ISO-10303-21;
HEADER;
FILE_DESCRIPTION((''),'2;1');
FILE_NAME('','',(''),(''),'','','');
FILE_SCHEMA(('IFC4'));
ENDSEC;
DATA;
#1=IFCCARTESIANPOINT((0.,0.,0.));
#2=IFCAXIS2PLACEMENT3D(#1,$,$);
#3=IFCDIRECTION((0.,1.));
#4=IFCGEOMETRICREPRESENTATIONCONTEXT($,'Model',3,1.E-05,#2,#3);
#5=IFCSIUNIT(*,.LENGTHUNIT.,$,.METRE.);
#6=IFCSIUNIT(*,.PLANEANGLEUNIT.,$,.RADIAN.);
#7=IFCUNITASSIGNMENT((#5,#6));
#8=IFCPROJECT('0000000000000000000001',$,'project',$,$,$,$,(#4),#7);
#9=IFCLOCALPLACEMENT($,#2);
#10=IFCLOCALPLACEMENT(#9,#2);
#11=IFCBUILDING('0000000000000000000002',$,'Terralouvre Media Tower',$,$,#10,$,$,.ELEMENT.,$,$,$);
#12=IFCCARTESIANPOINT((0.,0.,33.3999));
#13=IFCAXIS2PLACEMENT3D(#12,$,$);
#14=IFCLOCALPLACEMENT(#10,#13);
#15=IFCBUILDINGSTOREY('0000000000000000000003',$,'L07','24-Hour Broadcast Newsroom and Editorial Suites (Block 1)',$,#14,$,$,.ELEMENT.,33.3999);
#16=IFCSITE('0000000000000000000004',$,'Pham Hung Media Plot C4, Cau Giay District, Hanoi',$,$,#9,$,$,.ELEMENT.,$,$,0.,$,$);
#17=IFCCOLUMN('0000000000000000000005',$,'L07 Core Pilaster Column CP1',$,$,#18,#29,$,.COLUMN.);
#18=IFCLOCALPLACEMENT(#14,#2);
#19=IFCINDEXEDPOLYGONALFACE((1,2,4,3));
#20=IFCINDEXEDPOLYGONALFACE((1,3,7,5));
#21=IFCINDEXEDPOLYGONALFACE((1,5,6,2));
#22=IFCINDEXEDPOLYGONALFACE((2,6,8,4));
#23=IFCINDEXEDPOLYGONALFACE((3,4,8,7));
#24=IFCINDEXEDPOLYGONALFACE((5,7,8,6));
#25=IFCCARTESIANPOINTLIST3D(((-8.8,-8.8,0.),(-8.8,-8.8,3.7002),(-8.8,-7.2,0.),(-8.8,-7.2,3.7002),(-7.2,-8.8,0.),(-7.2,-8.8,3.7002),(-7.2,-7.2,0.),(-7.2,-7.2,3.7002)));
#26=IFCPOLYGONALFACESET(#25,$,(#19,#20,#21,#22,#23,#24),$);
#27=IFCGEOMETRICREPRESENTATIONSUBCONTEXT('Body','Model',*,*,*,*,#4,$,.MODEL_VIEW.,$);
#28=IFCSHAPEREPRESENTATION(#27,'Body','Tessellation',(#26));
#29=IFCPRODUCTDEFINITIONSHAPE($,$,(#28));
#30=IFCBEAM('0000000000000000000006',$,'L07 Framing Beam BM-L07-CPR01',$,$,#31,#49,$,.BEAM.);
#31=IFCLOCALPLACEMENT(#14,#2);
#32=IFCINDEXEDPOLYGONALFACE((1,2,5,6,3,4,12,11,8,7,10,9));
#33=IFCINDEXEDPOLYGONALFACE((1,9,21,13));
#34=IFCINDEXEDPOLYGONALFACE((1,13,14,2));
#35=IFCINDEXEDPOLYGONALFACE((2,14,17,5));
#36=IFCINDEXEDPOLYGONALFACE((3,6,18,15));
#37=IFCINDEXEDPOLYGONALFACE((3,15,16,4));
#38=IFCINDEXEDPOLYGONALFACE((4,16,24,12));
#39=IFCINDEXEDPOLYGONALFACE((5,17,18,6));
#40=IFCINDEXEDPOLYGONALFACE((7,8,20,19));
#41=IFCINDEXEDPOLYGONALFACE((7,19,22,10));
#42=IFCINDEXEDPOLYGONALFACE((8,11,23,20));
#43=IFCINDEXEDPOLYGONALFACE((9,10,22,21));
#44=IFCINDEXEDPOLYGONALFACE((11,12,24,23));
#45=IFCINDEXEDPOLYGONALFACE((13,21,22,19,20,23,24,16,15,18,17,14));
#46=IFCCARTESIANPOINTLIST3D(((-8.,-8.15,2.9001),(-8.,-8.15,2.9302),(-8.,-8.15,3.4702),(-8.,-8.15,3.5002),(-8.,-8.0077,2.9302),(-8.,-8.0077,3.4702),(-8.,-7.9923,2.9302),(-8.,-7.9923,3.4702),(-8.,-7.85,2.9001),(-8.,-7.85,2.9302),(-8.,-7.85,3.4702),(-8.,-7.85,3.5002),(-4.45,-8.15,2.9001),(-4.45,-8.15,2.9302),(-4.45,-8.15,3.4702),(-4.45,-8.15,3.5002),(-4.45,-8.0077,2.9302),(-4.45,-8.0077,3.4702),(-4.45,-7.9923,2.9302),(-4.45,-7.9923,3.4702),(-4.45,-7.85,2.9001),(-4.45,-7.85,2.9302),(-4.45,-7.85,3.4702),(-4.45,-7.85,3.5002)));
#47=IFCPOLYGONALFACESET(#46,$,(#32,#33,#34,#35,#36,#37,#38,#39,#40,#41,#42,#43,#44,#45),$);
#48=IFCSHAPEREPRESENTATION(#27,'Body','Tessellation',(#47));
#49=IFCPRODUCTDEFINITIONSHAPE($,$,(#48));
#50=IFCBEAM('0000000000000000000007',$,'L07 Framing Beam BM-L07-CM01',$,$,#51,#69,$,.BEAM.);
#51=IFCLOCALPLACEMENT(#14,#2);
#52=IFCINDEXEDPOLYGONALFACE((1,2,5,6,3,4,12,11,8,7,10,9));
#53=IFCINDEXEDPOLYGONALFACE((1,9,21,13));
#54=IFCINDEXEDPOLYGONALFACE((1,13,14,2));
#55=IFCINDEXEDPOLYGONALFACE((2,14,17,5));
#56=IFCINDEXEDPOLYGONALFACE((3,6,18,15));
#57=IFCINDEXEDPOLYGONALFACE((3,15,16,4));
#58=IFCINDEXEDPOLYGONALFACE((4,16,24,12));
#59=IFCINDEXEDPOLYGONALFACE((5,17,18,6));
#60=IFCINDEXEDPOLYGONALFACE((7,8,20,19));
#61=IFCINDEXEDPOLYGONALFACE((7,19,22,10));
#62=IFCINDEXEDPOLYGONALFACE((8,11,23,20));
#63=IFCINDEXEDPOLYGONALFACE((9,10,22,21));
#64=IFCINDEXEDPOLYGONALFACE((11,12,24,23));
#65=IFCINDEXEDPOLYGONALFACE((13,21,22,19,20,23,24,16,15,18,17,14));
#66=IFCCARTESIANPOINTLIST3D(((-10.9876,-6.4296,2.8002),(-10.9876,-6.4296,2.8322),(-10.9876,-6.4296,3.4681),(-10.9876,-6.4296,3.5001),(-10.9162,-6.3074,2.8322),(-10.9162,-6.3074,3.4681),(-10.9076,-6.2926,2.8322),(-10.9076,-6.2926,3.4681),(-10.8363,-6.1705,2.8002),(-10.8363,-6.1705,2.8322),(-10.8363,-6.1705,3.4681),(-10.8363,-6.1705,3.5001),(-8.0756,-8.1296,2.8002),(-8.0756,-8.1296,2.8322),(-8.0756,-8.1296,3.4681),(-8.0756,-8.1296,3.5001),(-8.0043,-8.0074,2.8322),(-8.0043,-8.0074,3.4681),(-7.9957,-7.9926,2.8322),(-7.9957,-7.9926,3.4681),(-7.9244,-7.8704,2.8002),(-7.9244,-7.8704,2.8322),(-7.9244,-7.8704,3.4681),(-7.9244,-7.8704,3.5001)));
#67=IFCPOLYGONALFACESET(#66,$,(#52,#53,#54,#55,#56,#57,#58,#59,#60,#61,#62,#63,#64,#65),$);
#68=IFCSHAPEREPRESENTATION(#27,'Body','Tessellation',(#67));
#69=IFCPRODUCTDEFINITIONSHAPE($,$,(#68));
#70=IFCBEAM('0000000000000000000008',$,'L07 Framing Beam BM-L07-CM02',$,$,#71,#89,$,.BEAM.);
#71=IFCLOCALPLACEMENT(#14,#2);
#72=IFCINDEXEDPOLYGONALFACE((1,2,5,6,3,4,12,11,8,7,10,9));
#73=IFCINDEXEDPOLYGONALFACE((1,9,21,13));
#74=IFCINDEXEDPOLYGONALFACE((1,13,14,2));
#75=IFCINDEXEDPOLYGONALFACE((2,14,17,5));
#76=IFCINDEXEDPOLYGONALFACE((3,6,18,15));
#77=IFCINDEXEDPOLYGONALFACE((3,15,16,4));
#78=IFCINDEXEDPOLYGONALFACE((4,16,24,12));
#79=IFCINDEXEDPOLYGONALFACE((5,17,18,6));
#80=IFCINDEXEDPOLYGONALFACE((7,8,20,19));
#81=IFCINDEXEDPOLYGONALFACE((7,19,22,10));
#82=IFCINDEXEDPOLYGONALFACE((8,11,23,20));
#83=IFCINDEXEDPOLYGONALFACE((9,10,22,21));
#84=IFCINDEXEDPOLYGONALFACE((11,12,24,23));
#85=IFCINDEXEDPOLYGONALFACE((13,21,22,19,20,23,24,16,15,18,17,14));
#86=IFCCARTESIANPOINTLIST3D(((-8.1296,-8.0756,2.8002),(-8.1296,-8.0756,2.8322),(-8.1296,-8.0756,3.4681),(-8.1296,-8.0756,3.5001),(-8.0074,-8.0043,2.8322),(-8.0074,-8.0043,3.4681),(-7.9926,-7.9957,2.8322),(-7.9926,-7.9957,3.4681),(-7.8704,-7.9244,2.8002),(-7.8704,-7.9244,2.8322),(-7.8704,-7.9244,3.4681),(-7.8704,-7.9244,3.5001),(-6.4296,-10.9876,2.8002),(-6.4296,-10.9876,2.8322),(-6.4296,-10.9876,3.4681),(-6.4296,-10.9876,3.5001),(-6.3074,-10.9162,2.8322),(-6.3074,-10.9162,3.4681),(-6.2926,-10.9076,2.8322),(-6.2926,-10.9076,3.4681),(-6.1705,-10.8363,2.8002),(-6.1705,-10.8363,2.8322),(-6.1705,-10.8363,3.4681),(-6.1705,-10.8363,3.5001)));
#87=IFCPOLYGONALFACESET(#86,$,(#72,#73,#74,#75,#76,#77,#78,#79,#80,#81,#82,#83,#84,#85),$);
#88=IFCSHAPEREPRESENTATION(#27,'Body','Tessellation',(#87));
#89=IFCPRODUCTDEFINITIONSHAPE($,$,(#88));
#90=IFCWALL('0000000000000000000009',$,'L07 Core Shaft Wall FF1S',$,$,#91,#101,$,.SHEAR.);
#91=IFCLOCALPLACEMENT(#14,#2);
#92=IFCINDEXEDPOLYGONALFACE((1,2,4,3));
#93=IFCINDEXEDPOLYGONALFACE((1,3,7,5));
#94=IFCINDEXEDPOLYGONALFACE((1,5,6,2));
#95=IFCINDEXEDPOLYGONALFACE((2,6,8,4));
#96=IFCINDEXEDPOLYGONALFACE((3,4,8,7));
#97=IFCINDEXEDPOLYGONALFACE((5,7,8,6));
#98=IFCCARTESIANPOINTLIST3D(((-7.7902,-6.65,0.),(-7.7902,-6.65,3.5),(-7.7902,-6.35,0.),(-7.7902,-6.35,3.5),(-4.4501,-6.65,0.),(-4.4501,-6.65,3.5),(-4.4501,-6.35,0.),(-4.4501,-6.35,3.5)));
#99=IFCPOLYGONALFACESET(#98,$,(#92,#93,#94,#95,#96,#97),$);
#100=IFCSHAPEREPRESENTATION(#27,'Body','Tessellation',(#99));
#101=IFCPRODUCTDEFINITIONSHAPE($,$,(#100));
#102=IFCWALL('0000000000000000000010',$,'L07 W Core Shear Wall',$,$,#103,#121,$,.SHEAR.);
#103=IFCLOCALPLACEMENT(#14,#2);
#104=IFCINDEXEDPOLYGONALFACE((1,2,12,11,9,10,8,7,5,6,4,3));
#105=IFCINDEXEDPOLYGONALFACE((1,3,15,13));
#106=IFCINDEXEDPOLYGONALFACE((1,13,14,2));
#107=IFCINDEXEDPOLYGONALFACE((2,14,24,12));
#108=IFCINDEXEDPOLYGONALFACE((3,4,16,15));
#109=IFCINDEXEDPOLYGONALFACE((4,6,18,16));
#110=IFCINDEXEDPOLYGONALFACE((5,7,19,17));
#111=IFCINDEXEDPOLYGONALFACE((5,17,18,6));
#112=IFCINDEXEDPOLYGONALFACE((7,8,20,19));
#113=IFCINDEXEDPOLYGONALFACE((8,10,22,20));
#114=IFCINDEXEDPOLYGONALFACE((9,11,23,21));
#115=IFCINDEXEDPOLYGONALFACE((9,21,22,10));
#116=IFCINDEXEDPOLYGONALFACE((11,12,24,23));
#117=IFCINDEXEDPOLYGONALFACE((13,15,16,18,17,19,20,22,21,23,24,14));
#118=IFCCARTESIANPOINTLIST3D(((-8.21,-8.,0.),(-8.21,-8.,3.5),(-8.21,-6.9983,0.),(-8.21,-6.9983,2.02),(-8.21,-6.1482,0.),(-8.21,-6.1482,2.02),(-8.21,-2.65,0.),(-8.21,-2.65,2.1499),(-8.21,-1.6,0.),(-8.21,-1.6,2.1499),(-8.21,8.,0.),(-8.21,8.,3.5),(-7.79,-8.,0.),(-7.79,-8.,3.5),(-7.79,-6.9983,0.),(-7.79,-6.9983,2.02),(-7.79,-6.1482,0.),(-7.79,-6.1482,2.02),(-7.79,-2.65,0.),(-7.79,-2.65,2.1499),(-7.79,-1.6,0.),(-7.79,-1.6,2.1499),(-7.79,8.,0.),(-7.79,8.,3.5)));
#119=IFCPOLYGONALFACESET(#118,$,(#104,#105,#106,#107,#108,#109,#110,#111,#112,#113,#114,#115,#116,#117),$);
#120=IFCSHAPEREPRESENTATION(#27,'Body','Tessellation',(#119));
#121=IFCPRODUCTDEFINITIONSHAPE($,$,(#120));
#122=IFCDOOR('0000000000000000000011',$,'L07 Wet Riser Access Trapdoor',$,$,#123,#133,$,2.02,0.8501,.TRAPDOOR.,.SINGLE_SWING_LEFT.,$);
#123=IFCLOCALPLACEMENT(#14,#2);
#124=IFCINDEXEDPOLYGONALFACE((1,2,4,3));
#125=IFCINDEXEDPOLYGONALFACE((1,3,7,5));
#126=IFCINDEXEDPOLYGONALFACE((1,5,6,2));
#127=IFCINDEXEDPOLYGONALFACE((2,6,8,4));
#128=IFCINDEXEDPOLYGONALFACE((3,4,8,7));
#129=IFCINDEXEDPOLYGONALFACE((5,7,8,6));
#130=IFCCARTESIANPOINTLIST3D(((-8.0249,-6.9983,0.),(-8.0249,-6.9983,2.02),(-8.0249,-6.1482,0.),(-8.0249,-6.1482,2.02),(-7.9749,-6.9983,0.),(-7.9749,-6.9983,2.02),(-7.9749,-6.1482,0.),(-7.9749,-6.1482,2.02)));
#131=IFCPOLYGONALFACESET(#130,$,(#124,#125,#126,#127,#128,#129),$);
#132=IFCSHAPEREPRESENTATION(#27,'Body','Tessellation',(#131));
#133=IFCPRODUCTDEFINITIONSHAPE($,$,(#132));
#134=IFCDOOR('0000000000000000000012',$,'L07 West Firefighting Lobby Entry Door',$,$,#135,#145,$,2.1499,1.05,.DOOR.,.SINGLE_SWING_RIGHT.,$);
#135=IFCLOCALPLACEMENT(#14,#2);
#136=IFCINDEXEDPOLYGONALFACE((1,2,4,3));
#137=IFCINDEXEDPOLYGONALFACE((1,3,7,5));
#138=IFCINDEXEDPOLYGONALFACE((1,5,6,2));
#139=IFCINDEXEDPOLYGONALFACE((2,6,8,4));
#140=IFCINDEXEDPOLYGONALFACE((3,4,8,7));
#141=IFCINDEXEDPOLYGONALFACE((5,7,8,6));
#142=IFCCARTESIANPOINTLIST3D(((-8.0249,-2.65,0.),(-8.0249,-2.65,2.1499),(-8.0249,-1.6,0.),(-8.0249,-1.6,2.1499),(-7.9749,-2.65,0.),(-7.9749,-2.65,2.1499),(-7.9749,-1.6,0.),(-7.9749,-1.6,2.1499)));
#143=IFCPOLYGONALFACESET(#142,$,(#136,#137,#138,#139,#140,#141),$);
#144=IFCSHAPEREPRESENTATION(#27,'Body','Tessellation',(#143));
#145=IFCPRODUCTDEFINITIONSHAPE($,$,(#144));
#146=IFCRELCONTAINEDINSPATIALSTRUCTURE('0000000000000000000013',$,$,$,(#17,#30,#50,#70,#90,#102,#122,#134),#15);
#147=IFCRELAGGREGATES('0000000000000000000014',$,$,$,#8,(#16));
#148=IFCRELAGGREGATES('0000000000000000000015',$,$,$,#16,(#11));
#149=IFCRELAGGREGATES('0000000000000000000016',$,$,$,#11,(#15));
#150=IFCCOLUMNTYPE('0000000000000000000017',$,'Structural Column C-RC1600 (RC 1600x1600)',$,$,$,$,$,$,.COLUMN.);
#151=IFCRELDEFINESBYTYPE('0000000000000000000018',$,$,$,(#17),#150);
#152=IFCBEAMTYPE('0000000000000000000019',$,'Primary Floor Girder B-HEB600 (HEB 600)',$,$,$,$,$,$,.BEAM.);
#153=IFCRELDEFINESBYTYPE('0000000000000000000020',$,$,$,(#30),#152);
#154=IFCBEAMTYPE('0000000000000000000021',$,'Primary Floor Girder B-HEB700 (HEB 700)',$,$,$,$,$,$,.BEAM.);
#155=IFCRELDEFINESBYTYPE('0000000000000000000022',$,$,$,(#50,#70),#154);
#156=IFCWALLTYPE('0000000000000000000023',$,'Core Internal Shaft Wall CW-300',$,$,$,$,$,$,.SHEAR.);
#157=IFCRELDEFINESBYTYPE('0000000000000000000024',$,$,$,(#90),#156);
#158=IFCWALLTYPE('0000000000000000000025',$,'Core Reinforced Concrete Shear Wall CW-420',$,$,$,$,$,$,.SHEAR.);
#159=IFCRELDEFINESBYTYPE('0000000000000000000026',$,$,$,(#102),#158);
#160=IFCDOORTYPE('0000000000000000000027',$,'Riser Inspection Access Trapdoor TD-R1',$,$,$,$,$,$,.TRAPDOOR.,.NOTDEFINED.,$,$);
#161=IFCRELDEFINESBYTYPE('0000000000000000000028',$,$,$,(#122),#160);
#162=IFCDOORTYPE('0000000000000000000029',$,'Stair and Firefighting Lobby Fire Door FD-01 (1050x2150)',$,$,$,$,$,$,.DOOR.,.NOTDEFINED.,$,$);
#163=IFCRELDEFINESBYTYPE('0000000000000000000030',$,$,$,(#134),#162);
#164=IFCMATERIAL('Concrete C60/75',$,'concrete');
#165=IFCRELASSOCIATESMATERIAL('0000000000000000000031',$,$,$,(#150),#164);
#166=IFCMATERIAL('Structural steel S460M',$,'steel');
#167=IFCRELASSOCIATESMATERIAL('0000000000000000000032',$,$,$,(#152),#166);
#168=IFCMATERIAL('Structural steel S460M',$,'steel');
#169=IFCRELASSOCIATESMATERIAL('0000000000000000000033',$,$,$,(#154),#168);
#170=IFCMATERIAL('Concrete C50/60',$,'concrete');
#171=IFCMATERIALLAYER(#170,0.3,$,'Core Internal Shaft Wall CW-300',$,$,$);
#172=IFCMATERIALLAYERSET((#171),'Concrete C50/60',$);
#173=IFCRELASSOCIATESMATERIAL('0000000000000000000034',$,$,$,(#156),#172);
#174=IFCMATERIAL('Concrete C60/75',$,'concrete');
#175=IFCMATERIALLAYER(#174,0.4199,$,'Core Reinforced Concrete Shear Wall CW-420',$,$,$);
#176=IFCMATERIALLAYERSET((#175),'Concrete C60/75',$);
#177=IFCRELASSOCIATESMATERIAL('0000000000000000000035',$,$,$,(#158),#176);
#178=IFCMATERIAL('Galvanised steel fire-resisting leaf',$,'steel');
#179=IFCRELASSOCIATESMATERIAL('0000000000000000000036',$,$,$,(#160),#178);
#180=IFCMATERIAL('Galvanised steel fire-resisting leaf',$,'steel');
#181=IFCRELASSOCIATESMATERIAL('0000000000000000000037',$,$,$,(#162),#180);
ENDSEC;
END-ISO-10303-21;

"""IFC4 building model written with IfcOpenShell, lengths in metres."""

from ifc_helpers import new_model, si_unit, direction, frame, frame_2d, origin, origin_2d, place, context, subcontext, project, spatial, rectangle, i_section, extrude, material, layer, layer_set, material_profile, profile_set, type_object, element, fill, save


model = new_model("IFC4")

# Units and contexts
model_context = context("Model", 3, precision=1e-05, world=origin(), true_north=direction((0.0, 1.0)))
body_context = subcontext(model_context, "Body", "Model", "MODEL_VIEW")
ifc_project = project(units=[si_unit("LENGTHUNIT", "METRE"), si_unit("PLANEANGLEUNIT", "RADIAN")], contexts=[model_context])

# Site, building, storey
site_placement = place(None, origin())
site = spatial("IfcSite", under=ifc_project, at=site_placement, Name="Pham Hung Media Plot C4, Cau Giay District, Hanoi", CompositionType="ELEMENT", RefElevation=0.0)
building_placement = place(site_placement, origin())
building = spatial("IfcBuilding", under=site, at=building_placement, Name="Terralouvre Media Tower", CompositionType="ELEMENT")
storey_placement = place(building_placement, frame((0.0, 0.0, 33.3999)))
storey = spatial("IfcBuildingStorey", under=building, at=storey_placement, Name="L07", Description="24-Hour Broadcast Newsroom and Editorial Suites (Block 1)", CompositionType="ELEMENT", Elevation=33.3999)

# Column
ifc_material_1 = material(Name="Concrete C60/75", Category="concrete")
ifc_material_profile_1 = material_profile(ifc_material_1, rectangle(XDim=1.6001, YDim=1.6001, at=origin_2d()), Name="RC 1600x1600")
ifc_profile_set_1 = profile_set([ifc_material_profile_1], Name="Concrete C60/75")
column_type = type_object("IfcColumnType", Name="Structural Column C-RC1600 (RC 1600x1600)", PredefinedType="COLUMN", material=ifc_profile_set_1)
column_placement = place(storey_placement, frame((-8.0, -8.0, 0.0), z_axis=(0.0, 0.0, 1.0), x_axis=(1.0, 0.0, 0.0)))
element("IfcColumn", 1, at=column_placement, inside=storey, type_object=column_type, Name="L07 Core Pilaster Column CP1", PredefinedType="COLUMN", context=body_context, shape_type="SweptSolid", body=[
    extrude(rectangle(XDim=1.6001, YDim=1.6001, at=origin_2d()), origin(), (0.0, 0.0, 1.0), 3.7002),
])

# Beams
ifc_material_2 = material(Name="Structural steel S460M", Category="steel")
ifc_material_profile_2 = material_profile(ifc_material_2, i_section(OverallWidth=0.3, OverallDepth=0.6001, WebThickness=0.0154, FlangeThickness=0.03, at=origin_2d()), Name="HEB 600")
ifc_profile_set_2 = profile_set([ifc_material_profile_2], Name="Structural steel S460M")
beam_type_1 = type_object("IfcBeamType", Name="Primary Floor Girder B-HEB600 (HEB 600)", PredefinedType="BEAM", material=ifc_profile_set_2)
beam_placement = place(storey_placement, frame((-8.0, -8.0, 3.2002), z_axis=(1.0, 0.0, 0.0), x_axis=(0.0, 1.0, 0.0)))
element("IfcBeam", 2, at=beam_placement, inside=storey, type_object=beam_type_1, Name="L07 Framing Beam BM-L07-CPR01", PredefinedType="BEAM", context=body_context, shape_type="SweptSolid", body=[
    extrude(i_section(OverallWidth=0.3, OverallDepth=0.6001, WebThickness=0.0154, FlangeThickness=0.03, at=origin_2d()), origin(), (0.0, 0.0, 1.0), 3.55),
])
ifc_material_3 = material(Name="Structural steel S460M", Category="steel")
ifc_material_profile_3 = material_profile(ifc_material_3, i_section(OverallWidth=0.3, OverallDepth=0.7, WebThickness=0.0171, FlangeThickness=0.032, at=origin_2d()), Name="HEB 700")
ifc_profile_set_3 = profile_set([ifc_material_profile_3], Name="Structural steel S460M")
beam_type_2 = type_object("IfcBeamType", Name="Primary Floor Girder B-HEB700 (HEB 700)", PredefinedType="BEAM", material=ifc_profile_set_3)
for number, where, z_axis, x_axis, name in (
    (3, (-8.0, -8.0, 3.1501), (-0.863603, 0.504173, 0.0), (-0.504173, -0.863603, 0.0), "L07 Framing Beam BM-L07-CM01"),
    (4, (-8.0, -8.0, 3.1501), (0.504173, -0.863603, 0.0), (0.863603, 0.504173, 0.0), "L07 Framing Beam BM-L07-CM02"),
):
    element("IfcBeam", number, at=place(storey_placement, frame(where, z_axis=z_axis, x_axis=x_axis)), inside=storey, type_object=beam_type_2, Name=name, PredefinedType="BEAM", context=body_context, shape_type="SweptSolid", body=[
        extrude(i_section(OverallWidth=0.3, OverallDepth=0.7, WebThickness=0.0171, FlangeThickness=0.032, at=origin_2d()), origin(), (0.0, 0.0, 1.0), 3.3718),
    ])

# Wall
ifc_material_4 = material(Name="Concrete C50/60", Category="concrete")
ifc_layer_1 = layer(ifc_material_4, 0.3, Name="Core Internal Shaft Wall CW-300")
ifc_layer_set_1 = layer_set([ifc_layer_1], Name="Concrete C50/60")
wall_type_1 = type_object("IfcWallType", Name="Core Internal Shaft Wall CW-300", PredefinedType="SHEAR", material=ifc_layer_set_1)
wall_1_placement = place(storey_placement, frame((-7.79, -6.5, 0.0), z_axis=(0.0, 0.0, 1.0), x_axis=(1.0, 0.0, 0.0)))
element("IfcWall", 5, at=wall_1_placement, inside=storey, type_object=wall_type_1, Name="L07 Core Shaft Wall FF1S", PredefinedType="SHEAR", context=body_context, shape_type="SweptSolid", body=[
    extrude(rectangle(XDim=3.3401, YDim=0.3, at=frame_2d((1.6699, 0.0))), origin(), (0.0, 0.0, 1.0), 3.5),
])

# Wall, openings, doors
ifc_material_5 = material(Name="Concrete C60/75", Category="concrete")
ifc_layer_2 = layer(ifc_material_5, 0.4199, Name="Core Reinforced Concrete Shear Wall CW-420")
ifc_layer_set_2 = layer_set([ifc_layer_2], Name="Concrete C60/75")
wall_type_2 = type_object("IfcWallType", Name="Core Reinforced Concrete Shear Wall CW-420", PredefinedType="SHEAR", material=ifc_layer_set_2)
wall_2_placement = place(storey_placement, frame((-8.0, -8.0, 0.0), z_axis=(0.0, 0.0, 1.0), x_axis=(0.0, 1.0, 0.0)))
wall_2 = element("IfcWall", 6, at=wall_2_placement, inside=storey, type_object=wall_type_2, Name="L07 W Core Shear Wall", PredefinedType="SHEAR", context=body_context, shape_type="SweptSolid", body=[
    extrude(rectangle(XDim=16.0, YDim=0.4199, at=frame_2d((8.0, 0.0))), origin(), (0.0, 0.0, 1.0), 3.5),
])
opening_1_placement = place(wall_2_placement, frame((1.0017, 0.0, 0.0)))
opening_1 = element("IfcOpeningElement", 7, at=opening_1_placement, cuts=wall_2, PredefinedType="OPENING", context=body_context, shape_type="SweptSolid", body=[
    extrude(rectangle(XDim=0.8501, YDim=2.02, at=frame_2d((0.425, 1.01))), frame((0.0, 0.22, 0.0), z_axis=(0.0, -1.0, 0.0), x_axis=(1.0, 0.0, 0.0)), (0.0, 0.0, 1.0), 0.4399),
])
opening_2_placement = place(wall_2_placement, frame((5.3501, 0.0, 0.0)))
opening_2 = element("IfcOpeningElement", 8, at=opening_2_placement, cuts=wall_2, PredefinedType="OPENING", context=body_context, shape_type="SweptSolid", body=[
    extrude(rectangle(XDim=1.05, YDim=2.1499, at=frame_2d((0.5249, 1.075))), frame((0.0, 0.22, 0.0), z_axis=(0.0, -1.0, 0.0), x_axis=(1.0, 0.0, 0.0)), (0.0, 0.0, 1.0), 0.4399),
])
ifc_material_6 = material(Name="Galvanised steel fire-resisting leaf", Category="steel")
door_type_1 = type_object("IfcDoorType", Name="Riser Inspection Access Trapdoor TD-R1", OperationType="NOTDEFINED", PredefinedType="TRAPDOOR", material=ifc_material_6)
door_1_placement = place(opening_1_placement, origin())
door_1 = element("IfcDoor", 9, at=door_1_placement, inside=storey, type_object=door_type_1, Name="L07 Wet Riser Access Trapdoor", OperationType="SINGLE_SWING_LEFT", OverallHeight=2.02, OverallWidth=0.8501, PredefinedType="TRAPDOOR", context=body_context, shape_type="SweptSolid", body=[
    extrude(rectangle(XDim=0.8501, YDim=2.02, at=frame_2d((0.425, 1.01))), frame((0.0, 0.0249, 0.0), z_axis=(0.0, -1.0, 0.0), x_axis=(1.0, 0.0, 0.0)), (0.0, 0.0, 1.0), 0.05),
])
fill(opening_1, door_1)
ifc_material_7 = material(Name="Galvanised steel fire-resisting leaf", Category="steel")
door_type_2 = type_object("IfcDoorType", Name="Stair and Firefighting Lobby Fire Door FD-01 (1050x2150)", OperationType="NOTDEFINED", PredefinedType="DOOR", material=ifc_material_7)
door_2_placement = place(opening_2_placement, origin())
door_2 = element("IfcDoor", 10, at=door_2_placement, inside=storey, type_object=door_type_2, Name="L07 West Firefighting Lobby Entry Door", OperationType="SINGLE_SWING_RIGHT", OverallHeight=2.1499, OverallWidth=1.05, PredefinedType="DOOR", context=body_context, shape_type="SweptSolid", body=[
    extrude(rectangle(XDim=1.05, YDim=2.1499, at=frame_2d((0.5249, 1.075))), frame((0.0, 0.0249, 0.0), z_axis=(0.0, -1.0, 0.0), x_axis=(1.0, 0.0, 0.0)), (0.0, 0.0, 1.0), 0.05),
])
fill(opening_2, door_2)

save(model, "model.ifc")
